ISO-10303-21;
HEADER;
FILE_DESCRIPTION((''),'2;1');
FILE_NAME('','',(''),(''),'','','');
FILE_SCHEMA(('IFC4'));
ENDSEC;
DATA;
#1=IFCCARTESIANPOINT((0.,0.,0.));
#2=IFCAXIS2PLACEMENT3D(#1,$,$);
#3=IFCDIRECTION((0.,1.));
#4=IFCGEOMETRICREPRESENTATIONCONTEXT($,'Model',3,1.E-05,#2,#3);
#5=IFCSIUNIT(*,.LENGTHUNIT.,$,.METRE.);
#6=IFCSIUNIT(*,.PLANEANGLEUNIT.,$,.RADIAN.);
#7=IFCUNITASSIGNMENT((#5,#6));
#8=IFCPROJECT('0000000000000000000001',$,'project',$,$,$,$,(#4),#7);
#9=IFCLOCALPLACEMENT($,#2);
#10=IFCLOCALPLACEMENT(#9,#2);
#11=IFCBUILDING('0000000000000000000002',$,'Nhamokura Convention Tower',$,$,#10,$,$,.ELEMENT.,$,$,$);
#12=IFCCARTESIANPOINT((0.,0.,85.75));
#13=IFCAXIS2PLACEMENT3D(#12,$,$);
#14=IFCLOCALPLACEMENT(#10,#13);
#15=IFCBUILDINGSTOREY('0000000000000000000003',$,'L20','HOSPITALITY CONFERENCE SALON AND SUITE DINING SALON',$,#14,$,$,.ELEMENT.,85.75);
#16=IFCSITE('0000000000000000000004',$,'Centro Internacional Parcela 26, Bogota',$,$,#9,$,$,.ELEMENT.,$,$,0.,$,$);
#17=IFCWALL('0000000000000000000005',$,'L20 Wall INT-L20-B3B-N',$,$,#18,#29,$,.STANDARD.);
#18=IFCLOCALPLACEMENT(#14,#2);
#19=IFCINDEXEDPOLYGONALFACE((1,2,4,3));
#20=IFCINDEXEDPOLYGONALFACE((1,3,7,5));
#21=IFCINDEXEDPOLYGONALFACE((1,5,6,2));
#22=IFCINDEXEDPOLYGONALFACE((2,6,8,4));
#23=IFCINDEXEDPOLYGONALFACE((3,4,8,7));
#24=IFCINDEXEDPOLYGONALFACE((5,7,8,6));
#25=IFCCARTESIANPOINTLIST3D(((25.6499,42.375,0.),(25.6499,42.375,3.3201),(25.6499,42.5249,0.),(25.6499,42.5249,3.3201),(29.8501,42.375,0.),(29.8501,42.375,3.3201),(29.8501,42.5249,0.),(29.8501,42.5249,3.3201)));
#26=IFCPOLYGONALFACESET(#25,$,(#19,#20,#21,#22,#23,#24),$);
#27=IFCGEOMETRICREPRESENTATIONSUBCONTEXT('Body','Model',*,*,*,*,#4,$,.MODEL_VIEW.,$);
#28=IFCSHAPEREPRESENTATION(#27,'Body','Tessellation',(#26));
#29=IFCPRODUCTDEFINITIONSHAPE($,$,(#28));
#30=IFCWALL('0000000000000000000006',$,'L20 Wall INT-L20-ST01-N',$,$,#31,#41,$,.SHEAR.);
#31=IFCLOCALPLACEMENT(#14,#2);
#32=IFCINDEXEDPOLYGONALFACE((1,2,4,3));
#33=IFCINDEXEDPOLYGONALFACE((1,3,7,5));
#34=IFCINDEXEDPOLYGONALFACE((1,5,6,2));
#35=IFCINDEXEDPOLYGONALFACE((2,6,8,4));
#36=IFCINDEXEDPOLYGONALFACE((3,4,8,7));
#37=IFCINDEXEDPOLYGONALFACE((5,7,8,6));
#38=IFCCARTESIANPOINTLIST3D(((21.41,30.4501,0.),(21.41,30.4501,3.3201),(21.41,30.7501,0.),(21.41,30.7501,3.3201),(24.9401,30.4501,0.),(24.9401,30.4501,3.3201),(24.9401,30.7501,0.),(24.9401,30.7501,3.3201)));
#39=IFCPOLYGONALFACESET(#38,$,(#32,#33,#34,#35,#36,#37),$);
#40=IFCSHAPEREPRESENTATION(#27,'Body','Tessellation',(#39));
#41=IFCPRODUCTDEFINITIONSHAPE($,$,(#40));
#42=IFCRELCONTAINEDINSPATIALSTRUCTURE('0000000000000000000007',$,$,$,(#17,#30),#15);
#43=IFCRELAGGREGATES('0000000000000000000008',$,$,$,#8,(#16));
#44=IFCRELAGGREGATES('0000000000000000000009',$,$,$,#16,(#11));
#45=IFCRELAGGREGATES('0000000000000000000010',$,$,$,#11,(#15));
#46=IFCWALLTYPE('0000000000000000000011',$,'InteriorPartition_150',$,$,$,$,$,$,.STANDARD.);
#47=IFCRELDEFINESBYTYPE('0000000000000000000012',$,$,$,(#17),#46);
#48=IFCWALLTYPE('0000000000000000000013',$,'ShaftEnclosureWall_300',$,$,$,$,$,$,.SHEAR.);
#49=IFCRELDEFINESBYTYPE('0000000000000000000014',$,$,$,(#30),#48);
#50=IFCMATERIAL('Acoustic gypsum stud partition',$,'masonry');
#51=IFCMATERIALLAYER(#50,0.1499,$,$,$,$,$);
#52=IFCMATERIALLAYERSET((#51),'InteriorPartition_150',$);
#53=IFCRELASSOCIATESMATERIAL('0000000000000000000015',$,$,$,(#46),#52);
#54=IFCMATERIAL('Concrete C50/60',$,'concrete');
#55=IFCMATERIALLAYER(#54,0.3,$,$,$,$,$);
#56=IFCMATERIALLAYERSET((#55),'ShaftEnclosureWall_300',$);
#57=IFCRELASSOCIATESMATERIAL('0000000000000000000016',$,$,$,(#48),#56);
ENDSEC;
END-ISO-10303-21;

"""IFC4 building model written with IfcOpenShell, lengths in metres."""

from ifc_helpers import new_model, si_unit, direction, frame, frame_2d, origin, place, context, subcontext, project, spatial, rectangle, extrude, material, layer, layer_set, type_object, element, save


model = new_model("IFC4")

# Units and contexts
model_context = context("Model", 3, precision=1e-05, world=origin(), true_north=direction((0.0, 1.0)))
body_context = subcontext(model_context, "Body", "Model", "MODEL_VIEW")
ifc_project = project(units=[si_unit("LENGTHUNIT", "METRE"), si_unit("PLANEANGLEUNIT", "RADIAN")], contexts=[model_context])

# Site, building, storey
site_placement = place(None, origin())
site = spatial("IfcSite", under=ifc_project, at=site_placement, Name="Centro Internacional Parcela 26, Bogota", CompositionType="ELEMENT", RefElevation=0.0)
building_placement = place(site_placement, origin())
building = spatial("IfcBuilding", under=site, at=building_placement, Name="Nhamokura Convention Tower", CompositionType="ELEMENT")
storey_placement = place(building_placement, frame((0.0, 0.0, 85.75)))
storey = spatial("IfcBuildingStorey", under=building, at=storey_placement, Name="L20", Description="HOSPITALITY CONFERENCE SALON AND SUITE DINING SALON", CompositionType="ELEMENT", Elevation=85.75)

# Walls
ifc_material_1 = material(Name="Acoustic gypsum stud partition", Category="masonry")
ifc_layer_1 = layer(ifc_material_1, 0.1499)
ifc_layer_set_1 = layer_set([ifc_layer_1], Name="InteriorPartition_150")
wall_type_1 = type_object("IfcWallType", Name="InteriorPartition_150", PredefinedType="STANDARD", material=ifc_layer_set_1)
for number, where, z_axis, x_axis, name in (
    (1, (25.6499, 42.45, 0.0), (0.0, 0.0, 1.0), (1.0, 0.0, 0.0), "L20 Wall INT-L20-B3B-N"),
):
    element("IfcWall", number, at=place(storey_placement, frame(where, z_axis=z_axis, x_axis=x_axis)), inside=storey, type_object=wall_type_1, Name=name, PredefinedType="STANDARD", context=body_context, shape_type="SweptSolid", body=[
        extrude(rectangle(XDim=4.2002, YDim=0.1499, at=frame_2d((2.1001, 0.0))), origin(), (0.0, 0.0, 1.0), 3.3201),
    ])
ifc_material_2 = material(Name="Concrete C50/60", Category="concrete")
ifc_layer_2 = layer(ifc_material_2, 0.3)
ifc_layer_set_2 = layer_set([ifc_layer_2], Name="ShaftEnclosureWall_300")
wall_type_2 = type_object("IfcWallType", Name="ShaftEnclosureWall_300", PredefinedType="SHEAR", material=ifc_layer_set_2)
wall_1_placement = place(storey_placement, frame((21.4099, 30.6001, 0.0), z_axis=(0.0, 0.0, 1.0), x_axis=(1.0, 0.0, 0.0)))
element("IfcWall", 2, at=wall_1_placement, inside=storey, type_object=wall_type_2, Name="L20 Wall INT-L20-ST01-N", PredefinedType="SHEAR", context=body_context, shape_type="SweptSolid", body=[
    extrude(rectangle(XDim=3.53, YDim=0.3, at=frame_2d((1.7651, 0.0))), origin(), (0.0, 0.0, 1.0), 3.3201),
])

save(model, "model.ifc")
